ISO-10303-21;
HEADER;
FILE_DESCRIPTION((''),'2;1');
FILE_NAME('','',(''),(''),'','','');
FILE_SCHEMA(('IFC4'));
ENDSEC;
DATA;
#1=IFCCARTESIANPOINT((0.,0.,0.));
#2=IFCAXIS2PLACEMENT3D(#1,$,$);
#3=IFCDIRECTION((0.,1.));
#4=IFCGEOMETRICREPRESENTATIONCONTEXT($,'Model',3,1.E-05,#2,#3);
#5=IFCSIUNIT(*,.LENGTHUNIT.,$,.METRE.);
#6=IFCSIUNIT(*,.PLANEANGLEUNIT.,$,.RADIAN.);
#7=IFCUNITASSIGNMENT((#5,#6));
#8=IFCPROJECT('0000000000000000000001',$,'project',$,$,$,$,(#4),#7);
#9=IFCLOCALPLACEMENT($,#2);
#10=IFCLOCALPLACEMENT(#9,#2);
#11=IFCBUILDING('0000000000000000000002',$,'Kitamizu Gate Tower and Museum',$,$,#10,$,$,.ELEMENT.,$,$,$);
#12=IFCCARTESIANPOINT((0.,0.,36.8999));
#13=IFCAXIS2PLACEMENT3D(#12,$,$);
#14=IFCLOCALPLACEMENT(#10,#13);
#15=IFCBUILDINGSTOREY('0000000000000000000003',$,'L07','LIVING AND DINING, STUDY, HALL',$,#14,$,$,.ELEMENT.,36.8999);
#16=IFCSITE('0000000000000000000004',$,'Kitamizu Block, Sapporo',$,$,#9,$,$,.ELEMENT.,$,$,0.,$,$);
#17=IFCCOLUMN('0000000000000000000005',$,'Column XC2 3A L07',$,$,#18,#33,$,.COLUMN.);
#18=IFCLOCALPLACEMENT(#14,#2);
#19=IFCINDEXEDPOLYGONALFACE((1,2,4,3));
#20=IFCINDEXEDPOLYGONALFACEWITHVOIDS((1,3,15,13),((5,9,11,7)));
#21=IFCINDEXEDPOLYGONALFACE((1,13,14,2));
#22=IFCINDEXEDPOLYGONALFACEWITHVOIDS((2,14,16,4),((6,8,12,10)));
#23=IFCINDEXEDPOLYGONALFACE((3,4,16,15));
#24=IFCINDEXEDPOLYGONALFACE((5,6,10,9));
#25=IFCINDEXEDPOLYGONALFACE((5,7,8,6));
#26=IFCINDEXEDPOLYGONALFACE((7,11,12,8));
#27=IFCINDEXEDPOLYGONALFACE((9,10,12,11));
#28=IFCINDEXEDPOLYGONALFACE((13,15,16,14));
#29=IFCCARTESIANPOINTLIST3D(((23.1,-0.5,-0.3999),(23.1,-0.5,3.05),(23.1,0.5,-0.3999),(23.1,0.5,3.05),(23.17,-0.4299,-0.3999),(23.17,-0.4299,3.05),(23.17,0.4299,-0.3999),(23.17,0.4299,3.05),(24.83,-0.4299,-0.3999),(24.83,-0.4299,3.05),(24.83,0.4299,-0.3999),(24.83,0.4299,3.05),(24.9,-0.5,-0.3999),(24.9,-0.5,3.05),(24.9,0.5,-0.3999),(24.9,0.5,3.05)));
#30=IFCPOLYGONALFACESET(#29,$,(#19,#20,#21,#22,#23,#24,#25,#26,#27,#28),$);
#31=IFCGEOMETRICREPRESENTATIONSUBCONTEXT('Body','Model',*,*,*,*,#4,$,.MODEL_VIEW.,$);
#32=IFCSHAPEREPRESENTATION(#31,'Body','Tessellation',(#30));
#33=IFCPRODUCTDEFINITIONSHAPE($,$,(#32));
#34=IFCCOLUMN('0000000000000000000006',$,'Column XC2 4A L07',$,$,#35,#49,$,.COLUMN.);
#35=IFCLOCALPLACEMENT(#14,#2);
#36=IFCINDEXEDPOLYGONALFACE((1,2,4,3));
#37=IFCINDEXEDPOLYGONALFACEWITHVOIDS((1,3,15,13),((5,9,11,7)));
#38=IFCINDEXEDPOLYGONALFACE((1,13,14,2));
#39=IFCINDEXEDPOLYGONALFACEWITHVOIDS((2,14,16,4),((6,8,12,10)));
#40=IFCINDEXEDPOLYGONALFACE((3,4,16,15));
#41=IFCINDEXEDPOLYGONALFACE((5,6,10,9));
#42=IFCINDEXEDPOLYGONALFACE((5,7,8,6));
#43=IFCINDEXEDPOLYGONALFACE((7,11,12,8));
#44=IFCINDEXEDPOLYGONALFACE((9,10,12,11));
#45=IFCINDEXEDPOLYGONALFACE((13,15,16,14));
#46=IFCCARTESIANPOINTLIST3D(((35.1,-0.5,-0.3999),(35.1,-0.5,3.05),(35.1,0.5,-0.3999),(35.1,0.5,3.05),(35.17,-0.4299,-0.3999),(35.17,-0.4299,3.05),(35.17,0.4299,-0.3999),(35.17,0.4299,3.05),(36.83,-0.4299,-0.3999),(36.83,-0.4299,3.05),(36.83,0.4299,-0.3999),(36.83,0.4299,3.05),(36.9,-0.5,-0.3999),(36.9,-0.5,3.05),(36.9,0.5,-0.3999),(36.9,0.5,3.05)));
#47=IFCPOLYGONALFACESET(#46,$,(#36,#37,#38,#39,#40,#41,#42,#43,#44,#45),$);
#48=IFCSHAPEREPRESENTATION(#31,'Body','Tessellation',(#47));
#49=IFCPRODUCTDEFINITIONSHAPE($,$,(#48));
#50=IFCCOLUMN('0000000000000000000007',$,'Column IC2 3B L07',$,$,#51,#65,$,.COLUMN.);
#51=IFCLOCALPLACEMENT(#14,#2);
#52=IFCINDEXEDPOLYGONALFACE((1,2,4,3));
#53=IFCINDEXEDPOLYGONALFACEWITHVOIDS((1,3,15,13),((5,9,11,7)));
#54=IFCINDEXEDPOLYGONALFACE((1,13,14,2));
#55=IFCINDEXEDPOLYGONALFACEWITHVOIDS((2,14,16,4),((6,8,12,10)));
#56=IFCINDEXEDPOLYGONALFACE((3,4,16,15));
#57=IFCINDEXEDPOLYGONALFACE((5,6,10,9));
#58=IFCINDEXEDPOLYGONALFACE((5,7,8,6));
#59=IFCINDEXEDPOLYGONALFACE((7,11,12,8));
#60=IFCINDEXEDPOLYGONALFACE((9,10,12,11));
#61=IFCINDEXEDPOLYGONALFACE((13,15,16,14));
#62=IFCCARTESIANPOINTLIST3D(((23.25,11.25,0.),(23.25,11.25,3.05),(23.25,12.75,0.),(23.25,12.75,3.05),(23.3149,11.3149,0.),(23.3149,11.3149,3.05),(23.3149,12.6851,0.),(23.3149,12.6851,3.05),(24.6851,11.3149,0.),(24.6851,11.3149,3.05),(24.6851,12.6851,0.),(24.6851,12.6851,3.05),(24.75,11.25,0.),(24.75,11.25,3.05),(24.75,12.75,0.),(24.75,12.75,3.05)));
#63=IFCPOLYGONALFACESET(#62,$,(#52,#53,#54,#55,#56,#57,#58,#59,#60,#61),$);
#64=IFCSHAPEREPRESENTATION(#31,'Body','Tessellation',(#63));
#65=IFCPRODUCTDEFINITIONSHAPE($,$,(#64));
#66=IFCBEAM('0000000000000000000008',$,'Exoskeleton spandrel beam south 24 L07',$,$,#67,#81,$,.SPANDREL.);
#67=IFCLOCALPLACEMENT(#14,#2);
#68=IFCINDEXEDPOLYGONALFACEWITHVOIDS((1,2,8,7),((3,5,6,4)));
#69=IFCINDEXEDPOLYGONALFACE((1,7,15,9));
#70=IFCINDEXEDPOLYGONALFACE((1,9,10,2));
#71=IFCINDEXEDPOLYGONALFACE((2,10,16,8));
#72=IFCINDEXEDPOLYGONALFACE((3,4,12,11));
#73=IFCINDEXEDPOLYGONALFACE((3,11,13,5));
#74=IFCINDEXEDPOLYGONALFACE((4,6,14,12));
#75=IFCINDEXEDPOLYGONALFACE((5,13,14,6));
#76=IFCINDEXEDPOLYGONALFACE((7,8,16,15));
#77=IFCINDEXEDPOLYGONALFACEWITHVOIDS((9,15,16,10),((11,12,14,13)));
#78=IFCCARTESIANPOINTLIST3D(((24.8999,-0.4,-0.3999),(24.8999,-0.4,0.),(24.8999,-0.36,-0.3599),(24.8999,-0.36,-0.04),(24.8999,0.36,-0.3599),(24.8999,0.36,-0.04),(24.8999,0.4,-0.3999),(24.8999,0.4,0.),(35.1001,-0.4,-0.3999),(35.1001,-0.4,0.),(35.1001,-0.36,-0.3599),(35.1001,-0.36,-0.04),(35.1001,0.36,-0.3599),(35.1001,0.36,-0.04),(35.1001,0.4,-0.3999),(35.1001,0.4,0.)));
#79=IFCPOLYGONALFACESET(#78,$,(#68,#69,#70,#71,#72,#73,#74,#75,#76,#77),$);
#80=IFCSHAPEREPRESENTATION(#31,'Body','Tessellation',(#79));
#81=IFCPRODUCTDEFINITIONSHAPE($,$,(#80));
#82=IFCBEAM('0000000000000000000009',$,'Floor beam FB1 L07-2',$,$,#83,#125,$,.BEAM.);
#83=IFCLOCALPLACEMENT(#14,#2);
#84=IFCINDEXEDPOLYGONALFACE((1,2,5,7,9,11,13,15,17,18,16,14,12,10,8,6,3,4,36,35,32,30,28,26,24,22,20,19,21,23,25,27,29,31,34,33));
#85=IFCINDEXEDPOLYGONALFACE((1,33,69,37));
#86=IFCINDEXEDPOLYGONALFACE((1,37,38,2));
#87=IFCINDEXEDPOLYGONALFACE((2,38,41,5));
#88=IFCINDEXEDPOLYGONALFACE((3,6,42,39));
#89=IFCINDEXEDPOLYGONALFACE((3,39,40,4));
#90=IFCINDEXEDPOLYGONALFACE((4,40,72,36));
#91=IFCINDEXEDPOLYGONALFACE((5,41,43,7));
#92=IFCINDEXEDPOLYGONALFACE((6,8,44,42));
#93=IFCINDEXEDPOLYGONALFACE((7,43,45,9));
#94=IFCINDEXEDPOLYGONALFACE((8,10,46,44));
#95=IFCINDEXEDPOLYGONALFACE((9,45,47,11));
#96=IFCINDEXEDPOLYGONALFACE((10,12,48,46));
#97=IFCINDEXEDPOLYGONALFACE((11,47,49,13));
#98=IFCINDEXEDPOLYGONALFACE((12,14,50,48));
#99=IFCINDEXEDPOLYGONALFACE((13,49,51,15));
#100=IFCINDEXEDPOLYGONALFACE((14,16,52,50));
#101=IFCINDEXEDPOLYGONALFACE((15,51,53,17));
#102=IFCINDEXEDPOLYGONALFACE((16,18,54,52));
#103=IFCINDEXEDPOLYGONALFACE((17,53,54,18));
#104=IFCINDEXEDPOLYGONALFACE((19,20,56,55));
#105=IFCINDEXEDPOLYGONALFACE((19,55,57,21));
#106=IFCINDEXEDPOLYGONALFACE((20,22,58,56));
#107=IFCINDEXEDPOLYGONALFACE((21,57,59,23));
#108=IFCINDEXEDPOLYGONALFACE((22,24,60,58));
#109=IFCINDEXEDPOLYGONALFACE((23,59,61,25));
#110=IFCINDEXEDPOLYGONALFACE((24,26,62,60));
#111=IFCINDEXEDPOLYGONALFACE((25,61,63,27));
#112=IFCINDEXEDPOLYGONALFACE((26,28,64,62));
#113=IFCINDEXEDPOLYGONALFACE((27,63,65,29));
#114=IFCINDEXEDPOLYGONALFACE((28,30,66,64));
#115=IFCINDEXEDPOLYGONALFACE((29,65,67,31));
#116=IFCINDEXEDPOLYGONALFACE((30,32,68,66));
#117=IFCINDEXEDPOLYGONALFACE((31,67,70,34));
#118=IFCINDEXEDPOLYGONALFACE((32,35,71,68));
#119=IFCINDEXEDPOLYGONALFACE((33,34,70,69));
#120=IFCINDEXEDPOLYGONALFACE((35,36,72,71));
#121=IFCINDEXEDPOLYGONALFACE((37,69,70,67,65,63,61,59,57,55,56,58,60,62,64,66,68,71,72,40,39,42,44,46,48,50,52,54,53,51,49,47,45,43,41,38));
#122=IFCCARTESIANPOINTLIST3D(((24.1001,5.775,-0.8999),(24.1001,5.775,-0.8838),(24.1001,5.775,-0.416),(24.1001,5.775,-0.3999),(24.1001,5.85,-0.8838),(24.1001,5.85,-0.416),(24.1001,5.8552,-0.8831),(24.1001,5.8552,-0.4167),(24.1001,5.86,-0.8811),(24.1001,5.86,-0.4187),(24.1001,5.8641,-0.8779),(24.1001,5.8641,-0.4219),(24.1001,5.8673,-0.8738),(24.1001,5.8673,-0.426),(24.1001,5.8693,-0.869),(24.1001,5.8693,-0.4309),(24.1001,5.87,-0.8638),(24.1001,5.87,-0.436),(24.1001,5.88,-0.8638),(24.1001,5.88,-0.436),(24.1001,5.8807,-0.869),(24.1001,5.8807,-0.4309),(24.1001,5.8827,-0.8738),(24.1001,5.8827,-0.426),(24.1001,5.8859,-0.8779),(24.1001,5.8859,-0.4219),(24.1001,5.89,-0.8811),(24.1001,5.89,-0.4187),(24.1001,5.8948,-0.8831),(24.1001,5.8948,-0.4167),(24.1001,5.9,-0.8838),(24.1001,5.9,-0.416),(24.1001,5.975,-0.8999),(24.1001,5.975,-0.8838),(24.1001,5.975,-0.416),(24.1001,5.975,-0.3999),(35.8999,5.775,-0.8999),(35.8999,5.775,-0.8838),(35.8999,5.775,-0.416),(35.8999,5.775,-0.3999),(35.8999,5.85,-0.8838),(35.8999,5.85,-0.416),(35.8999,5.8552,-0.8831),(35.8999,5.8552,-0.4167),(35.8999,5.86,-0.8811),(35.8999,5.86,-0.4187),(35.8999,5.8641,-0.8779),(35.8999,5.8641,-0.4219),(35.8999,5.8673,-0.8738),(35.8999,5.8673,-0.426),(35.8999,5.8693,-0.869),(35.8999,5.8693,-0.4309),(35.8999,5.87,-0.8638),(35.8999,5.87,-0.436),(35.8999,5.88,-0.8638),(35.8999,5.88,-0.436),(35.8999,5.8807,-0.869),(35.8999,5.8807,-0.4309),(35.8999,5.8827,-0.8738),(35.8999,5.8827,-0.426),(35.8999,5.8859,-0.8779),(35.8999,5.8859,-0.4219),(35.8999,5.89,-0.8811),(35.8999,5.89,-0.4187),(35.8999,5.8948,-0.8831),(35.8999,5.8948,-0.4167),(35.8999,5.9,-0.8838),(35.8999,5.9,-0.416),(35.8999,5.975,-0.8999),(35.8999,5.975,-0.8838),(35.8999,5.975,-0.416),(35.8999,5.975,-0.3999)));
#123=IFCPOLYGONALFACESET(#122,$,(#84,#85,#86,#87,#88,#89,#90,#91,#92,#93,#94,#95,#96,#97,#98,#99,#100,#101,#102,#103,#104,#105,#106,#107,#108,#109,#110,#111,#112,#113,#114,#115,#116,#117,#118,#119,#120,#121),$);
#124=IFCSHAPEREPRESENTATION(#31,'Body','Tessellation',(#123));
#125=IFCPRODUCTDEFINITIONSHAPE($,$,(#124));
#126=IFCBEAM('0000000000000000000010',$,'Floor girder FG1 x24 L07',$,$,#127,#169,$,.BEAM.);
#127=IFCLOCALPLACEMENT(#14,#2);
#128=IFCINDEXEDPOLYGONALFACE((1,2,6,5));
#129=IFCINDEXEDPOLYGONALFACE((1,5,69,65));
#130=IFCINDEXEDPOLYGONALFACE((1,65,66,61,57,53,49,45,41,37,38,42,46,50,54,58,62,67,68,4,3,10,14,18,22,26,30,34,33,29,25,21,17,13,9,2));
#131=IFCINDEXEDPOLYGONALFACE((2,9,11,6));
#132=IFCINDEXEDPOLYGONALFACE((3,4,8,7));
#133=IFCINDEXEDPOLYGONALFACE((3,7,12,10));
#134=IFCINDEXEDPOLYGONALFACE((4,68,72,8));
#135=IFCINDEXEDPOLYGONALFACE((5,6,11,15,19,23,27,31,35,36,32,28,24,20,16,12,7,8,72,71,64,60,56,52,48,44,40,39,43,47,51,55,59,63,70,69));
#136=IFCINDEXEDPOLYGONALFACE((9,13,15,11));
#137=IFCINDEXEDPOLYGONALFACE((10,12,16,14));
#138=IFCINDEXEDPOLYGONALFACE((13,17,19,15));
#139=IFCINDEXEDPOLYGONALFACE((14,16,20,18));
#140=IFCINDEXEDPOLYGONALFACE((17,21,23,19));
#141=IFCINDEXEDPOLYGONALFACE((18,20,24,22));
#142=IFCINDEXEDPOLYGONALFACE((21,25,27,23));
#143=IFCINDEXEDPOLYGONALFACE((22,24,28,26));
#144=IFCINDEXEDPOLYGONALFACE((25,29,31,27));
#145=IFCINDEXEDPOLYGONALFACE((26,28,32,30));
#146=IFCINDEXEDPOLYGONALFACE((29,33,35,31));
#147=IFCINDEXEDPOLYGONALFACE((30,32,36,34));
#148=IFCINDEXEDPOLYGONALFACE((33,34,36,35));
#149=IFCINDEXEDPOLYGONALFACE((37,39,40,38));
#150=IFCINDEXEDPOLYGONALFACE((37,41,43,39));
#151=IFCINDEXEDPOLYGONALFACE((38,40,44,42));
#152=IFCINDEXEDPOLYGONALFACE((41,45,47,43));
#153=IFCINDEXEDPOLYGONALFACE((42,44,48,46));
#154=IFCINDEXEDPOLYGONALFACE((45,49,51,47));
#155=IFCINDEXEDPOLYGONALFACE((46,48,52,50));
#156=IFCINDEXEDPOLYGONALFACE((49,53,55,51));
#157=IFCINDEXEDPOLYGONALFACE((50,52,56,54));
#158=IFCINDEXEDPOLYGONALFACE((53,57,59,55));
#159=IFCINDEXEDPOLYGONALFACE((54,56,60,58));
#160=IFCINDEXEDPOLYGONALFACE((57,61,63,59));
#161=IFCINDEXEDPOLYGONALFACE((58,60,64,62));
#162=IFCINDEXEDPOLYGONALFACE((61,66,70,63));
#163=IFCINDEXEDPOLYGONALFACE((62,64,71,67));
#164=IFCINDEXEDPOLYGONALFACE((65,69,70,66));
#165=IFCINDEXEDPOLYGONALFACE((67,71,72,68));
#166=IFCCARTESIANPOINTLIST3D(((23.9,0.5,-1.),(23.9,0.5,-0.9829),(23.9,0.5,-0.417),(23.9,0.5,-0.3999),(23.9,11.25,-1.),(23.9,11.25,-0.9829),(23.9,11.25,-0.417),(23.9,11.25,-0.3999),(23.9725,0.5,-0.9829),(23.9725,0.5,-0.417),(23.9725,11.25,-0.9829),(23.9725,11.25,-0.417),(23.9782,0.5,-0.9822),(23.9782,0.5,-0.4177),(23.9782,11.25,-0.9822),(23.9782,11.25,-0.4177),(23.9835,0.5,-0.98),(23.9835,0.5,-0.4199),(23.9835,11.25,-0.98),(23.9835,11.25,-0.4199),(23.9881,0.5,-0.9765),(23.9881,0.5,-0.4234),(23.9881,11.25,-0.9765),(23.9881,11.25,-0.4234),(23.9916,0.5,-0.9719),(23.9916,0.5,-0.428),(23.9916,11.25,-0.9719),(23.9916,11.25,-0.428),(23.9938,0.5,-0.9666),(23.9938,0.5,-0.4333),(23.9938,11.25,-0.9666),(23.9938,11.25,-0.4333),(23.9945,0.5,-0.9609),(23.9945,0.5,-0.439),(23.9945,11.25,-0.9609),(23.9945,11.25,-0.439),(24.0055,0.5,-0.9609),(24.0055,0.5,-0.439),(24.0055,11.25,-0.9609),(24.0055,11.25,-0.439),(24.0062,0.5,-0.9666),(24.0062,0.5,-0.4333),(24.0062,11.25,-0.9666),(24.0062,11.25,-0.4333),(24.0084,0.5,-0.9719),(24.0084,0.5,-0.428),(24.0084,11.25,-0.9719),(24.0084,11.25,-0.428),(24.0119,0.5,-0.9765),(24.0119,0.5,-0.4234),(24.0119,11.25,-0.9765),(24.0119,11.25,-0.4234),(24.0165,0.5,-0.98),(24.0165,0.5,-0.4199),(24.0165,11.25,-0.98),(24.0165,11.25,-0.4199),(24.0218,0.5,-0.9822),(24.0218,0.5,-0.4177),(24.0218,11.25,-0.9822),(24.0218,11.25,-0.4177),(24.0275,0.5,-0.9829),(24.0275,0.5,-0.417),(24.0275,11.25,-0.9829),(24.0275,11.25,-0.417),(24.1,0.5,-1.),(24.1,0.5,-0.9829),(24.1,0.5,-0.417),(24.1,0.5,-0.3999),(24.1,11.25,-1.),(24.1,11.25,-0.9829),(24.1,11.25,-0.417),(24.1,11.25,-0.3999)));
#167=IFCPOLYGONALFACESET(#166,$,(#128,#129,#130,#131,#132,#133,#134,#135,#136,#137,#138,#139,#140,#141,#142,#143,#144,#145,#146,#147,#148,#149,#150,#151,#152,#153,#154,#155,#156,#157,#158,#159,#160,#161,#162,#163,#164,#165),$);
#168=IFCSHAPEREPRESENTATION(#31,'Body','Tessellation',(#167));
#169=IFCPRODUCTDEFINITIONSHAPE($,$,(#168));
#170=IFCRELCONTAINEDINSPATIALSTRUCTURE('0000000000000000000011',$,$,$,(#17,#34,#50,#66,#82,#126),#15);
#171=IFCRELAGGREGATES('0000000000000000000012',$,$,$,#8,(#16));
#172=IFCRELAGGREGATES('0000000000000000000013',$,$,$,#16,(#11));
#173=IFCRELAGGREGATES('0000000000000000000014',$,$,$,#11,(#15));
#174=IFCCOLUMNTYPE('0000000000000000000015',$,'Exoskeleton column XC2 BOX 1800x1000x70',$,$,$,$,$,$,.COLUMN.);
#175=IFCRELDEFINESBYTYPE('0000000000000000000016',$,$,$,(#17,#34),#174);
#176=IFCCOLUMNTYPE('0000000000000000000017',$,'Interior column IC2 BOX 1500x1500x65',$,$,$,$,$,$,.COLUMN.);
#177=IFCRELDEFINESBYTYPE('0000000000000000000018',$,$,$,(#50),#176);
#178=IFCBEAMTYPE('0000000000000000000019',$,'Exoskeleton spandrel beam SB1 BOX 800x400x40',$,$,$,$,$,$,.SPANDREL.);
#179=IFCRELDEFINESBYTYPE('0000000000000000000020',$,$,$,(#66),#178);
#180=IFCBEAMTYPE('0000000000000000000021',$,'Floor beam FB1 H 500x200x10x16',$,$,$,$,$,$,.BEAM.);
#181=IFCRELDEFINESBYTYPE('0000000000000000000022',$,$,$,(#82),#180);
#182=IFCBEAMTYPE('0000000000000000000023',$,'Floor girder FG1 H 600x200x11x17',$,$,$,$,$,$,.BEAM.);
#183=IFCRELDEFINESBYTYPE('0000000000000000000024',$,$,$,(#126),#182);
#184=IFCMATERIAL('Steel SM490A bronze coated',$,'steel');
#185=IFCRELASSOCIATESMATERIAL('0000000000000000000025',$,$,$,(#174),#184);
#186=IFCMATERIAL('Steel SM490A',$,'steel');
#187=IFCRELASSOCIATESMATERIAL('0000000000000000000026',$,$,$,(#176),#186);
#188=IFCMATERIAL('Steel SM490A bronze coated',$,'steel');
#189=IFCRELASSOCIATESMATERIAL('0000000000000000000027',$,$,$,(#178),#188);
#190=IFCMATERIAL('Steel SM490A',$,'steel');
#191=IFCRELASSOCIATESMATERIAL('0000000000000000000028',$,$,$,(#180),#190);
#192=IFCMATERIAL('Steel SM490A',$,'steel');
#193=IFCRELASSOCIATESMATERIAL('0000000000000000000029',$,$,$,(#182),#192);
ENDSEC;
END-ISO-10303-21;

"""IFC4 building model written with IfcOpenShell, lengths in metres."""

from ifc_helpers import new_model, si_unit, direction, frame, origin, origin_2d, place, context, subcontext, project, spatial, hollow_rectangle, i_section, extrude, material, material_profile, profile_set, type_object, element, save


model = new_model("IFC4")

# Units and contexts
model_context = context("Model", 3, precision=1e-05, world=origin(), true_north=direction((0.0, 1.0)))
body_context = subcontext(model_context, "Body", "Model", "MODEL_VIEW")
ifc_project = project(units=[si_unit("LENGTHUNIT", "METRE"), si_unit("PLANEANGLEUNIT", "RADIAN")], contexts=[model_context])

# Site, building, storey
site_placement = place(None, origin())
site = spatial("IfcSite", under=ifc_project, at=site_placement, Name="Kitamizu Block, Sapporo", CompositionType="ELEMENT", RefElevation=0.0)
building_placement = place(site_placement, origin())
building = spatial("IfcBuilding", under=site, at=building_placement, Name="Kitamizu Gate Tower and Museum", CompositionType="ELEMENT")
storey_placement = place(building_placement, frame((0.0, 0.0, 36.8999)))
storey = spatial("IfcBuildingStorey", under=building, at=storey_placement, Name="L07", Description="LIVING AND DINING, STUDY, HALL", CompositionType="ELEMENT", Elevation=36.8999)

# Columns
ifc_material_1 = material(Name="Steel SM490A bronze coated", Category="steel")
ifc_material_profile_1 = material_profile(ifc_material_1, hollow_rectangle(XDim=1.8, YDim=1.0, WallThickness=0.0701, at=origin_2d()), Name="BOX 1800x1000x70")
ifc_profile_set_1 = profile_set([ifc_material_profile_1], Name="Steel SM490A bronze coated")
column_type_1 = type_object("IfcColumnType", Name="Exoskeleton column XC2 BOX 1800x1000x70", PredefinedType="COLUMN", material=ifc_profile_set_1)
for number, where, z_axis, x_axis, name in (
    (1, (24.0, 0.0, -0.3999), (0.0, 0.0, 1.0), (1.0, 0.0, 0.0), "Column XC2 3A L07"),
    (2, (36.0, 0.0, -0.3999), (0.0, 0.0, 1.0), (1.0, 0.0, 0.0), "Column XC2 4A L07"),
):
    element("IfcColumn", number, at=place(storey_placement, frame(where, z_axis=z_axis, x_axis=x_axis)), inside=storey, type_object=column_type_1, Name=name, PredefinedType="COLUMN", context=body_context, shape_type="SweptSolid", body=[
        extrude(hollow_rectangle(XDim=1.8, YDim=1.0, WallThickness=0.0701, at=origin_2d()), origin(), (0.0, 0.0, 1.0), 3.45),
    ])
ifc_material_2 = material(Name="Steel SM490A", Category="steel")
ifc_material_profile_2 = material_profile(ifc_material_2, hollow_rectangle(XDim=1.5, YDim=1.5, WallThickness=0.0649, at=origin_2d()), Name="BOX 1500x1500x65")
ifc_profile_set_2 = profile_set([ifc_material_profile_2], Name="Steel SM490A")
column_type_2 = type_object("IfcColumnType", Name="Interior column IC2 BOX 1500x1500x65", PredefinedType="COLUMN", material=ifc_profile_set_2)
column_placement = place(storey_placement, frame((24.0, 12.0, 0.0), z_axis=(0.0, 0.0, 1.0), x_axis=(1.0, 0.0, 0.0)))
element("IfcColumn", 3, at=column_placement, inside=storey, type_object=column_type_2, Name="Column IC2 3B L07", PredefinedType="COLUMN", context=body_context, shape_type="SweptSolid", body=[
    extrude(hollow_rectangle(XDim=1.5, YDim=1.5, WallThickness=0.0649, at=origin_2d()), origin(), (0.0, 0.0, 1.0), 3.05),
])

# Beams
ifc_material_3 = material(Name="Steel SM490A bronze coated", Category="steel")
ifc_material_profile_3 = material_profile(ifc_material_3, hollow_rectangle(XDim=0.8, YDim=0.3999, WallThickness=0.04, at=origin_2d()), Name="BOX 800x400x40")
ifc_profile_set_3 = profile_set([ifc_material_profile_3], Name="Steel SM490A bronze coated")
beam_type_1 = type_object("IfcBeamType", Name="Exoskeleton spandrel beam SB1 BOX 800x400x40", PredefinedType="SPANDREL", material=ifc_profile_set_3)
beam_1_placement = place(storey_placement, frame((24.8999, 0.0, -0.2), z_axis=(1.0, 0.0, 0.0), x_axis=(0.0, 1.0, 0.0)))
element("IfcBeam", 4, at=beam_1_placement, inside=storey, type_object=beam_type_1, Name="Exoskeleton spandrel beam south 24 L07", PredefinedType="SPANDREL", context=body_context, shape_type="SweptSolid", body=[
    extrude(hollow_rectangle(XDim=0.8, YDim=0.3999, WallThickness=0.04, at=origin_2d()), origin(), (0.0, 0.0, 1.0), 10.2002),
])
ifc_material_4 = material(Name="Steel SM490A", Category="steel")
ifc_material_profile_4 = material_profile(ifc_material_4, i_section(OverallWidth=0.2, OverallDepth=0.5, WebThickness=0.01, FlangeThickness=0.0161, FilletRadius=0.02, at=origin_2d()), Name="H-500x200x10x16")
ifc_profile_set_4 = profile_set([ifc_material_profile_4], Name="Steel SM490A")
beam_type_2 = type_object("IfcBeamType", Name="Floor beam FB1 H 500x200x10x16", PredefinedType="BEAM", material=ifc_profile_set_4)
beam_2_placement = place(storey_placement, frame((24.1001, 5.875, -0.6499), z_axis=(1.0, 0.0, 0.0), x_axis=(0.0, 1.0, 0.0)))
element("IfcBeam", 5, at=beam_2_placement, inside=storey, type_object=beam_type_2, Name="Floor beam FB1 L07-2", PredefinedType="BEAM", context=body_context, shape_type="SweptSolid", body=[
    extrude(i_section(OverallWidth=0.2, OverallDepth=0.5, WebThickness=0.01, FlangeThickness=0.0161, FilletRadius=0.02, at=origin_2d()), origin(), (0.0, 0.0, 1.0), 11.7998),
])
ifc_material_5 = material(Name="Steel SM490A", Category="steel")
ifc_material_profile_5 = material_profile(ifc_material_5, i_section(OverallWidth=0.2, OverallDepth=0.6001, WebThickness=0.011, FlangeThickness=0.0171, FilletRadius=0.022, at=origin_2d()), Name="H-600x200x11x17")
ifc_profile_set_5 = profile_set([ifc_material_profile_5], Name="Steel SM490A")
beam_type_3 = type_object("IfcBeamType", Name="Floor girder FG1 H 600x200x11x17", PredefinedType="BEAM", material=ifc_profile_set_5)
beam_3_placement = place(storey_placement, frame((24.0, 0.5, -0.7), z_axis=(0.0, 1.0, 0.0), x_axis=(-1.0, 0.0, 0.0)))
element("IfcBeam", 6, at=beam_3_placement, inside=storey, type_object=beam_type_3, Name="Floor girder FG1 x24 L07", PredefinedType="BEAM", context=body_context, shape_type="SweptSolid", body=[
    extrude(i_section(OverallWidth=0.2, OverallDepth=0.6001, WebThickness=0.011, FlangeThickness=0.0171, FilletRadius=0.022, at=origin_2d()), origin(), (0.0, 0.0, 1.0), 10.75),
])

save(model, "model.ifc")
